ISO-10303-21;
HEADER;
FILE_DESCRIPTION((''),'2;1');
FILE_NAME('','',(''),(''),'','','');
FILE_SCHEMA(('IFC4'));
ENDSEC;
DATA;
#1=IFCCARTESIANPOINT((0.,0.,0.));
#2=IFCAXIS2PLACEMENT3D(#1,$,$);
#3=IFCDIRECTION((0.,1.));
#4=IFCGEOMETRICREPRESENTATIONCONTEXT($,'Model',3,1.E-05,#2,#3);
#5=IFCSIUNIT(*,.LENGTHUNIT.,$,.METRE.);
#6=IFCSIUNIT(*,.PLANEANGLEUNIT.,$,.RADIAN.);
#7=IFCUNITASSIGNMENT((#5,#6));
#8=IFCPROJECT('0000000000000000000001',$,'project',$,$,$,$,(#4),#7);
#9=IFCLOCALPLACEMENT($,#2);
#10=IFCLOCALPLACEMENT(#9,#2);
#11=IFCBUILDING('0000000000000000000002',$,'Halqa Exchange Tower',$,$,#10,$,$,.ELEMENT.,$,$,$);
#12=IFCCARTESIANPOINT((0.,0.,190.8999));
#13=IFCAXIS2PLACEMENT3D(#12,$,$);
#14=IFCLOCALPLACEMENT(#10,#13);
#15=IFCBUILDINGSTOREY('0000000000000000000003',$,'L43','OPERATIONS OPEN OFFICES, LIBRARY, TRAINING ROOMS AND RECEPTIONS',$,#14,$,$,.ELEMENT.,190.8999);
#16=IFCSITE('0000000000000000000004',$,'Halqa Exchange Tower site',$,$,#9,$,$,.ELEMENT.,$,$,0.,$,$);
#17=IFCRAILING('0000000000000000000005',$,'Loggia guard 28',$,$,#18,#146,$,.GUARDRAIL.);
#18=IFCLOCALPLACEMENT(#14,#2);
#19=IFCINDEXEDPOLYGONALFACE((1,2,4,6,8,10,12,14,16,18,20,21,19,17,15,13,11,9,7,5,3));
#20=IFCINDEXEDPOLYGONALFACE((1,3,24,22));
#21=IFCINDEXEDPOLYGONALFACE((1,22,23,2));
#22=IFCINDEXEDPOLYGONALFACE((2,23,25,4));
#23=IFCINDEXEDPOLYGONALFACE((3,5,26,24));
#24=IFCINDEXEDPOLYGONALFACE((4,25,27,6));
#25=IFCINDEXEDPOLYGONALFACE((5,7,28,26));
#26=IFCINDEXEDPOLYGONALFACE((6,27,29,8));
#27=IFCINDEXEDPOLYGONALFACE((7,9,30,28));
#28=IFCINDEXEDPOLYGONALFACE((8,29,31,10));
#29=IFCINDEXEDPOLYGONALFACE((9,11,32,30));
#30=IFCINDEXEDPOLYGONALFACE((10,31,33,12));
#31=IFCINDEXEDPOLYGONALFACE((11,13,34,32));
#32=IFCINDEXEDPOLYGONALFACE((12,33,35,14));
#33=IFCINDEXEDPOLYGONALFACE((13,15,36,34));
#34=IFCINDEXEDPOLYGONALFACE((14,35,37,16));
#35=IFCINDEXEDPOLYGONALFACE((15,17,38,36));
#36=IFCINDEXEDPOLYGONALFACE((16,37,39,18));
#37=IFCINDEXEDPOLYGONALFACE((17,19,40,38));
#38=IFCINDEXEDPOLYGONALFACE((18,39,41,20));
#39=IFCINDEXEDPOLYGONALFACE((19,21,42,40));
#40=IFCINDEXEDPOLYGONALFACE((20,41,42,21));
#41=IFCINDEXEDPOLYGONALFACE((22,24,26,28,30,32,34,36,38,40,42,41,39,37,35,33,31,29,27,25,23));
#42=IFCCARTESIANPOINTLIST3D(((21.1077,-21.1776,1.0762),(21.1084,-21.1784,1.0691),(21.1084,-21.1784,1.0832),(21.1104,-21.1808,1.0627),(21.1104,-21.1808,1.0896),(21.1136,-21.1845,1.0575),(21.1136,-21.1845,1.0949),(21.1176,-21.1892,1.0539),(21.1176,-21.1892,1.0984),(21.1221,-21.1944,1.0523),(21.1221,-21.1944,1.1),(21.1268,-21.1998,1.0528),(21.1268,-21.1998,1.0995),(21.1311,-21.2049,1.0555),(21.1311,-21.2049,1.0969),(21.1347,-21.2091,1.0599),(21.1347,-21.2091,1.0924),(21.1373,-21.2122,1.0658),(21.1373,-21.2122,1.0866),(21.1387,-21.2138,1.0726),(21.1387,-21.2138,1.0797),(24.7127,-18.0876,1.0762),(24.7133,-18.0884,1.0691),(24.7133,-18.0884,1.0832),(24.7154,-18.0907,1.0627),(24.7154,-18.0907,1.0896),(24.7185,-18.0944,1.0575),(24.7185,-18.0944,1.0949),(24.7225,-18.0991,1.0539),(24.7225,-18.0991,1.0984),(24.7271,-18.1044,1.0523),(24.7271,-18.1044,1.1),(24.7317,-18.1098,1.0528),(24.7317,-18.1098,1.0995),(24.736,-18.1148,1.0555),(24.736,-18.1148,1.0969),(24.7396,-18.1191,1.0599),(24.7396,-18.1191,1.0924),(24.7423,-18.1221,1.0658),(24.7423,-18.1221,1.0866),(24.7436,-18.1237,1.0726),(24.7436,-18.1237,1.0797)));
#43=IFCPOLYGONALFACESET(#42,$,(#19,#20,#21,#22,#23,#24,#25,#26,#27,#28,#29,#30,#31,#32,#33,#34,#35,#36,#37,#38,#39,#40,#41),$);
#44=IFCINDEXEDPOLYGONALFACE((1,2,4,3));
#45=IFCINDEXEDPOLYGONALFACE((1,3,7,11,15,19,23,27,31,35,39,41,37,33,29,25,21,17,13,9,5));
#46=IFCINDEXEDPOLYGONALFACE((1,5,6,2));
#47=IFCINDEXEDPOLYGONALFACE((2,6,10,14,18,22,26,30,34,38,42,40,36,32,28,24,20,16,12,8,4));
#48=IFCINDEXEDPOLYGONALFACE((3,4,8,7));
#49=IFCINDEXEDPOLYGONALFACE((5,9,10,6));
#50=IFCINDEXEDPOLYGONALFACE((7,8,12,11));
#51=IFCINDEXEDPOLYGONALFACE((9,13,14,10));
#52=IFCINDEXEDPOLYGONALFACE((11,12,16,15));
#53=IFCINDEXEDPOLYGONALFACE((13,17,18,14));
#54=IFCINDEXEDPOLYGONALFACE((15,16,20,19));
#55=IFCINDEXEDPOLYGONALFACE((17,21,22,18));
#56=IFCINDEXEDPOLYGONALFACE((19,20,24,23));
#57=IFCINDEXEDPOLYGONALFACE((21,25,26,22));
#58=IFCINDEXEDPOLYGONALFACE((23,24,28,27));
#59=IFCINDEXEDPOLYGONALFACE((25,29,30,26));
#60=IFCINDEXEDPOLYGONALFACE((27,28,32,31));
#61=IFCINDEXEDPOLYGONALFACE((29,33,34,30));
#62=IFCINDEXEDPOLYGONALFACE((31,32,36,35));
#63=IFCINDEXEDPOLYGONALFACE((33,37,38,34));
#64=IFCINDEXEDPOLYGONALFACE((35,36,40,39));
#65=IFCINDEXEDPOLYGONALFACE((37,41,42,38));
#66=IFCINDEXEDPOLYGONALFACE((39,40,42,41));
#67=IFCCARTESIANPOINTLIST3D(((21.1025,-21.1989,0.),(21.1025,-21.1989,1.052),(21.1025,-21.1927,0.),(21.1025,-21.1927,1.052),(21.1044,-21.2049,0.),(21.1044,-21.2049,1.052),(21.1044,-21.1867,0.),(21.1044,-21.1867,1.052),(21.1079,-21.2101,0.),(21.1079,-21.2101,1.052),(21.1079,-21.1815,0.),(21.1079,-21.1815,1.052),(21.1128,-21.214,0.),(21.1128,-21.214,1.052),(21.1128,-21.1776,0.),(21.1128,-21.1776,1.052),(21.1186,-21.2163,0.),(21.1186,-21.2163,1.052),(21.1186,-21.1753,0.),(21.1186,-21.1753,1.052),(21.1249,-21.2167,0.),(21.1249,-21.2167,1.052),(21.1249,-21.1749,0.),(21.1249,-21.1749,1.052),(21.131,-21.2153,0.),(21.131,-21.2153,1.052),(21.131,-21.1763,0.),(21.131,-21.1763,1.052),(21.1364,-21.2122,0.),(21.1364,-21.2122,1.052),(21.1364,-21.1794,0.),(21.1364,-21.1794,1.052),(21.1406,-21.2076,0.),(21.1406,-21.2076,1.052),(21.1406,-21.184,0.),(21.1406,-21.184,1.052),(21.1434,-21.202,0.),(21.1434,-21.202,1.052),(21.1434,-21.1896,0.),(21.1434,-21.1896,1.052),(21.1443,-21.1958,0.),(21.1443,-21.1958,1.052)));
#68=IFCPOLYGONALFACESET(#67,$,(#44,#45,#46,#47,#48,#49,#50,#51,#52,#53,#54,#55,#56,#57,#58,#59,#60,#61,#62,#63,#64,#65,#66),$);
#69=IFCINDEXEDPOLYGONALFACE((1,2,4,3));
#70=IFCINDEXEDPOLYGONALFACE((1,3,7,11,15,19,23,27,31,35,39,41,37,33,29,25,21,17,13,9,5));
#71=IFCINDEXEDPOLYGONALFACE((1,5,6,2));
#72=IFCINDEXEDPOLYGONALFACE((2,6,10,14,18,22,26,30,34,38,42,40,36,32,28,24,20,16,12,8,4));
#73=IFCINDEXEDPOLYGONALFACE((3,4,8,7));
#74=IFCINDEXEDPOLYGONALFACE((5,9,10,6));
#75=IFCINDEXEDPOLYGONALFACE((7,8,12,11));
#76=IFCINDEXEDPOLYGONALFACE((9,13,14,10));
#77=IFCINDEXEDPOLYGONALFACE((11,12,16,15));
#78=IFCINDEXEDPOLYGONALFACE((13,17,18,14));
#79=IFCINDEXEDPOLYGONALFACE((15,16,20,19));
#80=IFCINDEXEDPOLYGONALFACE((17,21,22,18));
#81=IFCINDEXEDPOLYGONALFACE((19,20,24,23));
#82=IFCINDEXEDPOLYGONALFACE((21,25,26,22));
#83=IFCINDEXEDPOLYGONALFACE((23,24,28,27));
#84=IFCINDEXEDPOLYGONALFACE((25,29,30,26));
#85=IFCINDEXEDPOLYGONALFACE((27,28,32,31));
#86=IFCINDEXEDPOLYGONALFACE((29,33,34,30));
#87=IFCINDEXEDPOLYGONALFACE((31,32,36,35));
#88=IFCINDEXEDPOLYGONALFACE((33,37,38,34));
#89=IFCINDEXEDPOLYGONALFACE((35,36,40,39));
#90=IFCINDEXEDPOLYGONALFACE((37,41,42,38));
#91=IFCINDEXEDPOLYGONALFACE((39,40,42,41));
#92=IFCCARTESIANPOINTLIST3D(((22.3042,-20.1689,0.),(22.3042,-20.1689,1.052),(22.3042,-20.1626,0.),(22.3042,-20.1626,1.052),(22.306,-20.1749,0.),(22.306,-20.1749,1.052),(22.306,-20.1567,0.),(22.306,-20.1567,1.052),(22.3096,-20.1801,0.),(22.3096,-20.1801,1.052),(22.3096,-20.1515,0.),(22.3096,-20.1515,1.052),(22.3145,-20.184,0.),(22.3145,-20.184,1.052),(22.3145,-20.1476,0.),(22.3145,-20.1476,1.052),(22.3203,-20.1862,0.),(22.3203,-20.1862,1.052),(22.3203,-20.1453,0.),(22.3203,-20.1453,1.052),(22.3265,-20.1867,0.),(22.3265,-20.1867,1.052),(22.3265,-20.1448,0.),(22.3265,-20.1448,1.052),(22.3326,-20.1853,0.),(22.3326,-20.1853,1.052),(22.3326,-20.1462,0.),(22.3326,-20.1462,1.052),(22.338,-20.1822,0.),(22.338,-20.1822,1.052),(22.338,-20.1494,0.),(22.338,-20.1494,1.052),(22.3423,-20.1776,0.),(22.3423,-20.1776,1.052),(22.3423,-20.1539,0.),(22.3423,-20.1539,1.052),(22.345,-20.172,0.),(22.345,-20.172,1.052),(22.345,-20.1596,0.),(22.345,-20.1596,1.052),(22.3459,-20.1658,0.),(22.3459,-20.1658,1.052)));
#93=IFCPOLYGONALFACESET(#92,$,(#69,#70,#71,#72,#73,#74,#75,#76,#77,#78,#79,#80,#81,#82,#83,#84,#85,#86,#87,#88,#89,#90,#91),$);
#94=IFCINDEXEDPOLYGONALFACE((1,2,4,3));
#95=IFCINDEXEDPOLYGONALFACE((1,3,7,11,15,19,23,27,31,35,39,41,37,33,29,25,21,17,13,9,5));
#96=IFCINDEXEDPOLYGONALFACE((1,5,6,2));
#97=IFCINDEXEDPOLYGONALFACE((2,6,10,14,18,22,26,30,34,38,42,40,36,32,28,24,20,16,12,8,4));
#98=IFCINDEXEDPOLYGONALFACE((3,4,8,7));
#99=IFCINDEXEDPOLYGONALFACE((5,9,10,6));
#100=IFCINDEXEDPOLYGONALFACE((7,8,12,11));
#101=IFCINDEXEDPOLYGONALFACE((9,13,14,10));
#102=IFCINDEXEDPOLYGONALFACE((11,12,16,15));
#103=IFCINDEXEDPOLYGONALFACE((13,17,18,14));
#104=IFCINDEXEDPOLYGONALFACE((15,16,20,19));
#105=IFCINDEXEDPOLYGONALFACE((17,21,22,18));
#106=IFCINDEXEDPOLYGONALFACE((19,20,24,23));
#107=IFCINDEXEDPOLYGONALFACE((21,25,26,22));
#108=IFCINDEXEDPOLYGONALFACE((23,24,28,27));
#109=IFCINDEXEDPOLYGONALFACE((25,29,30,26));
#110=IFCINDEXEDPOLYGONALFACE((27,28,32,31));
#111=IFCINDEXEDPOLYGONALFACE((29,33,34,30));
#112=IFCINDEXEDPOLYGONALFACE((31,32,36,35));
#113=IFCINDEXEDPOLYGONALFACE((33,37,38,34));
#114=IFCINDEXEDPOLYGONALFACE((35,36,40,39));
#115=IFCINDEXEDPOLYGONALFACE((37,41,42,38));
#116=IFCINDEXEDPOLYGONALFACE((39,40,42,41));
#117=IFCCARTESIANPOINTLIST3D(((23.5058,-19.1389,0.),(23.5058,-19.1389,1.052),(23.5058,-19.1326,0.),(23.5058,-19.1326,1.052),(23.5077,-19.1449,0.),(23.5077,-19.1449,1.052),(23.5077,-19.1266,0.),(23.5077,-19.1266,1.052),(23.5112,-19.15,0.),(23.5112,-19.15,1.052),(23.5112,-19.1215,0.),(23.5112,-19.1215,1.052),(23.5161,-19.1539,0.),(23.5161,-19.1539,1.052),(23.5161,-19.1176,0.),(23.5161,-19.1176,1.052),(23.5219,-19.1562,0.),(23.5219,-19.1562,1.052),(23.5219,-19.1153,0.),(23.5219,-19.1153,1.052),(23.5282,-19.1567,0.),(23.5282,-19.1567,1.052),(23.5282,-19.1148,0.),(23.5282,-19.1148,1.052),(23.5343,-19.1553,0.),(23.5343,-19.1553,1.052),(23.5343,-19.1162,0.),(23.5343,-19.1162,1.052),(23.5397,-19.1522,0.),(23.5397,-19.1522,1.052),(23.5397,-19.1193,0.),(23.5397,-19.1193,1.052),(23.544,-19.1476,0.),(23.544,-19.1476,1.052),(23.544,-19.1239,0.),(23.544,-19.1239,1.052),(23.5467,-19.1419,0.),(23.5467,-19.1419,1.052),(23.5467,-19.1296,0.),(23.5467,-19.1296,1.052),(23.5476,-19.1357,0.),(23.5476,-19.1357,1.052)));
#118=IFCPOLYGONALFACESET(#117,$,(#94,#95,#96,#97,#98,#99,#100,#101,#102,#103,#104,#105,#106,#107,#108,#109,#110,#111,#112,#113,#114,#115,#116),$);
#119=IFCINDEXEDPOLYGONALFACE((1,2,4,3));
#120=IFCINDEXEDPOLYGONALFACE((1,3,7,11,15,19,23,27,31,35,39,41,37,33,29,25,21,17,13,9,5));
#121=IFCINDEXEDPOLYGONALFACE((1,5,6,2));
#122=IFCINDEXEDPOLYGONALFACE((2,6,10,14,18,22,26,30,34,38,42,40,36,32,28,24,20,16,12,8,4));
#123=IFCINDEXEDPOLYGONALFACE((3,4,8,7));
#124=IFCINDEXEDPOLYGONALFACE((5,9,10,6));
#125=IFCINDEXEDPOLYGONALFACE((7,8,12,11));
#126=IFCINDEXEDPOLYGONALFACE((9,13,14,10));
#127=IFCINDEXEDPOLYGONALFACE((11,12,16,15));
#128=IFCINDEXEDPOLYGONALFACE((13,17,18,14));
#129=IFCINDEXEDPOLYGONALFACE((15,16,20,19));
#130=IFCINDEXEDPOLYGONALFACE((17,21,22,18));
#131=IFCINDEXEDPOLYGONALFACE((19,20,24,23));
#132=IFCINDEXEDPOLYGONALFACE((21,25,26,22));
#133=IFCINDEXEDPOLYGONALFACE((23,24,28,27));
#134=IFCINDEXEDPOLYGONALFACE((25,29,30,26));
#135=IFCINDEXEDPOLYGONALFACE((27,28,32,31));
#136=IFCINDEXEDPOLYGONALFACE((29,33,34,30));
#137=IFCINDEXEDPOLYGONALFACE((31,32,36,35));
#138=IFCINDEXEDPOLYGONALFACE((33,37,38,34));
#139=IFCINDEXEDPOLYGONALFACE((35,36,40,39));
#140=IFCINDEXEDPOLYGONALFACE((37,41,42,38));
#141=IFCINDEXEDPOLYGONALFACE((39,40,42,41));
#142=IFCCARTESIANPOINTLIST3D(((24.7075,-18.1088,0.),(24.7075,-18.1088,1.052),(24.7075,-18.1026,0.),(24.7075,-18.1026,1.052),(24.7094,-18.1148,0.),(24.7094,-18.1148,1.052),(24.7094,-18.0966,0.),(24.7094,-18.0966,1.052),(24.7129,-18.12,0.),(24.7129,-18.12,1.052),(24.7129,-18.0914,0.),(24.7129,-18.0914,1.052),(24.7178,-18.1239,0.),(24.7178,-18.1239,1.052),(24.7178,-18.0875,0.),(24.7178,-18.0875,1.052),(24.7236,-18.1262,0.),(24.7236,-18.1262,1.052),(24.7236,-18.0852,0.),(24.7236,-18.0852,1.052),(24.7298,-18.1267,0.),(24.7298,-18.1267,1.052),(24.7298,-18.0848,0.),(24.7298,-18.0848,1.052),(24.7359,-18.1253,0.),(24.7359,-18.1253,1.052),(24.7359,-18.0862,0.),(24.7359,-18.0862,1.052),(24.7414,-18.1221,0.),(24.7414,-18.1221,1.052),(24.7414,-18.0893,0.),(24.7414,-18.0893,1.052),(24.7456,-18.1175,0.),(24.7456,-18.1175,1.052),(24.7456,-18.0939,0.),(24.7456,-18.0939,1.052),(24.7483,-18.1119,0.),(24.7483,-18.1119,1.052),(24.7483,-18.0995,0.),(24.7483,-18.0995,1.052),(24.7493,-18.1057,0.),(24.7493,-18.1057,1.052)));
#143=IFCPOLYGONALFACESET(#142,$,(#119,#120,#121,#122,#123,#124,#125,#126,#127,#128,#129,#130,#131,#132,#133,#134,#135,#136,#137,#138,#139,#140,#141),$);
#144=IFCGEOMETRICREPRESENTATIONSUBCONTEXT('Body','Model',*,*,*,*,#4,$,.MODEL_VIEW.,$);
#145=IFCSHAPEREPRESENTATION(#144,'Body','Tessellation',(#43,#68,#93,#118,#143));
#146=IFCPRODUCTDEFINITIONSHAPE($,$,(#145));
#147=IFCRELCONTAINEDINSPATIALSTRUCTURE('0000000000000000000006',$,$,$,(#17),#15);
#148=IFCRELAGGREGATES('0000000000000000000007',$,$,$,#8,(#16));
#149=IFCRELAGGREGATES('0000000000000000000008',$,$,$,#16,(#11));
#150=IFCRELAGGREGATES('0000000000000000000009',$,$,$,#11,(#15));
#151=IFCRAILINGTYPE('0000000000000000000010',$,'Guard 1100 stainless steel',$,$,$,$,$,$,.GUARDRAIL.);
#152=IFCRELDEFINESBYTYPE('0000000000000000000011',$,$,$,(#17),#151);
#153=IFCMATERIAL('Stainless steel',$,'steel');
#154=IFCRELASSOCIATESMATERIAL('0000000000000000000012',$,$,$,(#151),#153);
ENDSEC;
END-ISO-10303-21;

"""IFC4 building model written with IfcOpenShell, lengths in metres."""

from ifc_helpers import new_model, si_unit, direction, frame, origin, origin_2d, place, context, subcontext, project, spatial, circle, extrude, material, type_object, element, save


model = new_model("IFC4")

# Units and contexts
model_context = context("Model", 3, precision=1e-05, world=origin(), true_north=direction((0.0, 1.0)))
body_context = subcontext(model_context, "Body", "Model", "MODEL_VIEW")
ifc_project = project(units=[si_unit("LENGTHUNIT", "METRE"), si_unit("PLANEANGLEUNIT", "RADIAN")], contexts=[model_context])

# Site, building, storey
site_placement = place(None, origin())
site = spatial("IfcSite", under=ifc_project, at=site_placement, Name="Halqa Exchange Tower site", CompositionType="ELEMENT", RefElevation=0.0)
building_placement = place(site_placement, origin())
building = spatial("IfcBuilding", under=site, at=building_placement, Name="Halqa Exchange Tower", CompositionType="ELEMENT")
storey_placement = place(building_placement, frame((0.0, 0.0, 190.8999)))
storey = spatial("IfcBuildingStorey", under=building, at=storey_placement, Name="L43", Description="OPERATIONS OPEN OFFICES, LIBRARY, TRAINING ROOMS AND RECEPTIONS", CompositionType="ELEMENT", Elevation=190.8999)

# Railing
ifc_material_1 = material(Name="Stainless steel", Category="steel")
railing_type = type_object("IfcRailingType", Name="Guard 1100 stainless steel", PredefinedType="GUARDRAIL", material=ifc_material_1)
railing_1_placement = place(storey_placement, frame((21.1233, -21.1958, 0.0)))
element("IfcRailing", 1, at=railing_1_placement, inside=storey, type_object=railing_type, Name="Loggia guard 28", PredefinedType="GUARDRAIL", context=body_context, shape_type="SweptSolid", body=[
    extrude(circle(Radius=0.0239, at=origin_2d()), frame((0.0, 0.0, 1.0762), z_axis=(0.759246, 0.650804, 0.0), x_axis=(-0.650804, 0.759246, 0.0)), (0.0, 0.0, 1.0), 4.748),
    extrude(circle(Radius=0.021, at=origin_2d()), origin(), (0.0, 0.0, 1.0), 1.052),
    extrude(circle(Radius=0.021, at=origin_2d()), frame((1.2017, 1.03, 0.0)), (0.0, 0.0, 1.0), 1.052),
    extrude(circle(Radius=0.021, at=origin_2d()), frame((2.4033, 2.0601, 0.0)), (0.0, 0.0, 1.0), 1.052),
    extrude(circle(Radius=0.021, at=origin_2d()), frame((3.605, 3.0901, 0.0)), (0.0, 0.0, 1.0), 1.052),
])

save(model, "model.ifc")
